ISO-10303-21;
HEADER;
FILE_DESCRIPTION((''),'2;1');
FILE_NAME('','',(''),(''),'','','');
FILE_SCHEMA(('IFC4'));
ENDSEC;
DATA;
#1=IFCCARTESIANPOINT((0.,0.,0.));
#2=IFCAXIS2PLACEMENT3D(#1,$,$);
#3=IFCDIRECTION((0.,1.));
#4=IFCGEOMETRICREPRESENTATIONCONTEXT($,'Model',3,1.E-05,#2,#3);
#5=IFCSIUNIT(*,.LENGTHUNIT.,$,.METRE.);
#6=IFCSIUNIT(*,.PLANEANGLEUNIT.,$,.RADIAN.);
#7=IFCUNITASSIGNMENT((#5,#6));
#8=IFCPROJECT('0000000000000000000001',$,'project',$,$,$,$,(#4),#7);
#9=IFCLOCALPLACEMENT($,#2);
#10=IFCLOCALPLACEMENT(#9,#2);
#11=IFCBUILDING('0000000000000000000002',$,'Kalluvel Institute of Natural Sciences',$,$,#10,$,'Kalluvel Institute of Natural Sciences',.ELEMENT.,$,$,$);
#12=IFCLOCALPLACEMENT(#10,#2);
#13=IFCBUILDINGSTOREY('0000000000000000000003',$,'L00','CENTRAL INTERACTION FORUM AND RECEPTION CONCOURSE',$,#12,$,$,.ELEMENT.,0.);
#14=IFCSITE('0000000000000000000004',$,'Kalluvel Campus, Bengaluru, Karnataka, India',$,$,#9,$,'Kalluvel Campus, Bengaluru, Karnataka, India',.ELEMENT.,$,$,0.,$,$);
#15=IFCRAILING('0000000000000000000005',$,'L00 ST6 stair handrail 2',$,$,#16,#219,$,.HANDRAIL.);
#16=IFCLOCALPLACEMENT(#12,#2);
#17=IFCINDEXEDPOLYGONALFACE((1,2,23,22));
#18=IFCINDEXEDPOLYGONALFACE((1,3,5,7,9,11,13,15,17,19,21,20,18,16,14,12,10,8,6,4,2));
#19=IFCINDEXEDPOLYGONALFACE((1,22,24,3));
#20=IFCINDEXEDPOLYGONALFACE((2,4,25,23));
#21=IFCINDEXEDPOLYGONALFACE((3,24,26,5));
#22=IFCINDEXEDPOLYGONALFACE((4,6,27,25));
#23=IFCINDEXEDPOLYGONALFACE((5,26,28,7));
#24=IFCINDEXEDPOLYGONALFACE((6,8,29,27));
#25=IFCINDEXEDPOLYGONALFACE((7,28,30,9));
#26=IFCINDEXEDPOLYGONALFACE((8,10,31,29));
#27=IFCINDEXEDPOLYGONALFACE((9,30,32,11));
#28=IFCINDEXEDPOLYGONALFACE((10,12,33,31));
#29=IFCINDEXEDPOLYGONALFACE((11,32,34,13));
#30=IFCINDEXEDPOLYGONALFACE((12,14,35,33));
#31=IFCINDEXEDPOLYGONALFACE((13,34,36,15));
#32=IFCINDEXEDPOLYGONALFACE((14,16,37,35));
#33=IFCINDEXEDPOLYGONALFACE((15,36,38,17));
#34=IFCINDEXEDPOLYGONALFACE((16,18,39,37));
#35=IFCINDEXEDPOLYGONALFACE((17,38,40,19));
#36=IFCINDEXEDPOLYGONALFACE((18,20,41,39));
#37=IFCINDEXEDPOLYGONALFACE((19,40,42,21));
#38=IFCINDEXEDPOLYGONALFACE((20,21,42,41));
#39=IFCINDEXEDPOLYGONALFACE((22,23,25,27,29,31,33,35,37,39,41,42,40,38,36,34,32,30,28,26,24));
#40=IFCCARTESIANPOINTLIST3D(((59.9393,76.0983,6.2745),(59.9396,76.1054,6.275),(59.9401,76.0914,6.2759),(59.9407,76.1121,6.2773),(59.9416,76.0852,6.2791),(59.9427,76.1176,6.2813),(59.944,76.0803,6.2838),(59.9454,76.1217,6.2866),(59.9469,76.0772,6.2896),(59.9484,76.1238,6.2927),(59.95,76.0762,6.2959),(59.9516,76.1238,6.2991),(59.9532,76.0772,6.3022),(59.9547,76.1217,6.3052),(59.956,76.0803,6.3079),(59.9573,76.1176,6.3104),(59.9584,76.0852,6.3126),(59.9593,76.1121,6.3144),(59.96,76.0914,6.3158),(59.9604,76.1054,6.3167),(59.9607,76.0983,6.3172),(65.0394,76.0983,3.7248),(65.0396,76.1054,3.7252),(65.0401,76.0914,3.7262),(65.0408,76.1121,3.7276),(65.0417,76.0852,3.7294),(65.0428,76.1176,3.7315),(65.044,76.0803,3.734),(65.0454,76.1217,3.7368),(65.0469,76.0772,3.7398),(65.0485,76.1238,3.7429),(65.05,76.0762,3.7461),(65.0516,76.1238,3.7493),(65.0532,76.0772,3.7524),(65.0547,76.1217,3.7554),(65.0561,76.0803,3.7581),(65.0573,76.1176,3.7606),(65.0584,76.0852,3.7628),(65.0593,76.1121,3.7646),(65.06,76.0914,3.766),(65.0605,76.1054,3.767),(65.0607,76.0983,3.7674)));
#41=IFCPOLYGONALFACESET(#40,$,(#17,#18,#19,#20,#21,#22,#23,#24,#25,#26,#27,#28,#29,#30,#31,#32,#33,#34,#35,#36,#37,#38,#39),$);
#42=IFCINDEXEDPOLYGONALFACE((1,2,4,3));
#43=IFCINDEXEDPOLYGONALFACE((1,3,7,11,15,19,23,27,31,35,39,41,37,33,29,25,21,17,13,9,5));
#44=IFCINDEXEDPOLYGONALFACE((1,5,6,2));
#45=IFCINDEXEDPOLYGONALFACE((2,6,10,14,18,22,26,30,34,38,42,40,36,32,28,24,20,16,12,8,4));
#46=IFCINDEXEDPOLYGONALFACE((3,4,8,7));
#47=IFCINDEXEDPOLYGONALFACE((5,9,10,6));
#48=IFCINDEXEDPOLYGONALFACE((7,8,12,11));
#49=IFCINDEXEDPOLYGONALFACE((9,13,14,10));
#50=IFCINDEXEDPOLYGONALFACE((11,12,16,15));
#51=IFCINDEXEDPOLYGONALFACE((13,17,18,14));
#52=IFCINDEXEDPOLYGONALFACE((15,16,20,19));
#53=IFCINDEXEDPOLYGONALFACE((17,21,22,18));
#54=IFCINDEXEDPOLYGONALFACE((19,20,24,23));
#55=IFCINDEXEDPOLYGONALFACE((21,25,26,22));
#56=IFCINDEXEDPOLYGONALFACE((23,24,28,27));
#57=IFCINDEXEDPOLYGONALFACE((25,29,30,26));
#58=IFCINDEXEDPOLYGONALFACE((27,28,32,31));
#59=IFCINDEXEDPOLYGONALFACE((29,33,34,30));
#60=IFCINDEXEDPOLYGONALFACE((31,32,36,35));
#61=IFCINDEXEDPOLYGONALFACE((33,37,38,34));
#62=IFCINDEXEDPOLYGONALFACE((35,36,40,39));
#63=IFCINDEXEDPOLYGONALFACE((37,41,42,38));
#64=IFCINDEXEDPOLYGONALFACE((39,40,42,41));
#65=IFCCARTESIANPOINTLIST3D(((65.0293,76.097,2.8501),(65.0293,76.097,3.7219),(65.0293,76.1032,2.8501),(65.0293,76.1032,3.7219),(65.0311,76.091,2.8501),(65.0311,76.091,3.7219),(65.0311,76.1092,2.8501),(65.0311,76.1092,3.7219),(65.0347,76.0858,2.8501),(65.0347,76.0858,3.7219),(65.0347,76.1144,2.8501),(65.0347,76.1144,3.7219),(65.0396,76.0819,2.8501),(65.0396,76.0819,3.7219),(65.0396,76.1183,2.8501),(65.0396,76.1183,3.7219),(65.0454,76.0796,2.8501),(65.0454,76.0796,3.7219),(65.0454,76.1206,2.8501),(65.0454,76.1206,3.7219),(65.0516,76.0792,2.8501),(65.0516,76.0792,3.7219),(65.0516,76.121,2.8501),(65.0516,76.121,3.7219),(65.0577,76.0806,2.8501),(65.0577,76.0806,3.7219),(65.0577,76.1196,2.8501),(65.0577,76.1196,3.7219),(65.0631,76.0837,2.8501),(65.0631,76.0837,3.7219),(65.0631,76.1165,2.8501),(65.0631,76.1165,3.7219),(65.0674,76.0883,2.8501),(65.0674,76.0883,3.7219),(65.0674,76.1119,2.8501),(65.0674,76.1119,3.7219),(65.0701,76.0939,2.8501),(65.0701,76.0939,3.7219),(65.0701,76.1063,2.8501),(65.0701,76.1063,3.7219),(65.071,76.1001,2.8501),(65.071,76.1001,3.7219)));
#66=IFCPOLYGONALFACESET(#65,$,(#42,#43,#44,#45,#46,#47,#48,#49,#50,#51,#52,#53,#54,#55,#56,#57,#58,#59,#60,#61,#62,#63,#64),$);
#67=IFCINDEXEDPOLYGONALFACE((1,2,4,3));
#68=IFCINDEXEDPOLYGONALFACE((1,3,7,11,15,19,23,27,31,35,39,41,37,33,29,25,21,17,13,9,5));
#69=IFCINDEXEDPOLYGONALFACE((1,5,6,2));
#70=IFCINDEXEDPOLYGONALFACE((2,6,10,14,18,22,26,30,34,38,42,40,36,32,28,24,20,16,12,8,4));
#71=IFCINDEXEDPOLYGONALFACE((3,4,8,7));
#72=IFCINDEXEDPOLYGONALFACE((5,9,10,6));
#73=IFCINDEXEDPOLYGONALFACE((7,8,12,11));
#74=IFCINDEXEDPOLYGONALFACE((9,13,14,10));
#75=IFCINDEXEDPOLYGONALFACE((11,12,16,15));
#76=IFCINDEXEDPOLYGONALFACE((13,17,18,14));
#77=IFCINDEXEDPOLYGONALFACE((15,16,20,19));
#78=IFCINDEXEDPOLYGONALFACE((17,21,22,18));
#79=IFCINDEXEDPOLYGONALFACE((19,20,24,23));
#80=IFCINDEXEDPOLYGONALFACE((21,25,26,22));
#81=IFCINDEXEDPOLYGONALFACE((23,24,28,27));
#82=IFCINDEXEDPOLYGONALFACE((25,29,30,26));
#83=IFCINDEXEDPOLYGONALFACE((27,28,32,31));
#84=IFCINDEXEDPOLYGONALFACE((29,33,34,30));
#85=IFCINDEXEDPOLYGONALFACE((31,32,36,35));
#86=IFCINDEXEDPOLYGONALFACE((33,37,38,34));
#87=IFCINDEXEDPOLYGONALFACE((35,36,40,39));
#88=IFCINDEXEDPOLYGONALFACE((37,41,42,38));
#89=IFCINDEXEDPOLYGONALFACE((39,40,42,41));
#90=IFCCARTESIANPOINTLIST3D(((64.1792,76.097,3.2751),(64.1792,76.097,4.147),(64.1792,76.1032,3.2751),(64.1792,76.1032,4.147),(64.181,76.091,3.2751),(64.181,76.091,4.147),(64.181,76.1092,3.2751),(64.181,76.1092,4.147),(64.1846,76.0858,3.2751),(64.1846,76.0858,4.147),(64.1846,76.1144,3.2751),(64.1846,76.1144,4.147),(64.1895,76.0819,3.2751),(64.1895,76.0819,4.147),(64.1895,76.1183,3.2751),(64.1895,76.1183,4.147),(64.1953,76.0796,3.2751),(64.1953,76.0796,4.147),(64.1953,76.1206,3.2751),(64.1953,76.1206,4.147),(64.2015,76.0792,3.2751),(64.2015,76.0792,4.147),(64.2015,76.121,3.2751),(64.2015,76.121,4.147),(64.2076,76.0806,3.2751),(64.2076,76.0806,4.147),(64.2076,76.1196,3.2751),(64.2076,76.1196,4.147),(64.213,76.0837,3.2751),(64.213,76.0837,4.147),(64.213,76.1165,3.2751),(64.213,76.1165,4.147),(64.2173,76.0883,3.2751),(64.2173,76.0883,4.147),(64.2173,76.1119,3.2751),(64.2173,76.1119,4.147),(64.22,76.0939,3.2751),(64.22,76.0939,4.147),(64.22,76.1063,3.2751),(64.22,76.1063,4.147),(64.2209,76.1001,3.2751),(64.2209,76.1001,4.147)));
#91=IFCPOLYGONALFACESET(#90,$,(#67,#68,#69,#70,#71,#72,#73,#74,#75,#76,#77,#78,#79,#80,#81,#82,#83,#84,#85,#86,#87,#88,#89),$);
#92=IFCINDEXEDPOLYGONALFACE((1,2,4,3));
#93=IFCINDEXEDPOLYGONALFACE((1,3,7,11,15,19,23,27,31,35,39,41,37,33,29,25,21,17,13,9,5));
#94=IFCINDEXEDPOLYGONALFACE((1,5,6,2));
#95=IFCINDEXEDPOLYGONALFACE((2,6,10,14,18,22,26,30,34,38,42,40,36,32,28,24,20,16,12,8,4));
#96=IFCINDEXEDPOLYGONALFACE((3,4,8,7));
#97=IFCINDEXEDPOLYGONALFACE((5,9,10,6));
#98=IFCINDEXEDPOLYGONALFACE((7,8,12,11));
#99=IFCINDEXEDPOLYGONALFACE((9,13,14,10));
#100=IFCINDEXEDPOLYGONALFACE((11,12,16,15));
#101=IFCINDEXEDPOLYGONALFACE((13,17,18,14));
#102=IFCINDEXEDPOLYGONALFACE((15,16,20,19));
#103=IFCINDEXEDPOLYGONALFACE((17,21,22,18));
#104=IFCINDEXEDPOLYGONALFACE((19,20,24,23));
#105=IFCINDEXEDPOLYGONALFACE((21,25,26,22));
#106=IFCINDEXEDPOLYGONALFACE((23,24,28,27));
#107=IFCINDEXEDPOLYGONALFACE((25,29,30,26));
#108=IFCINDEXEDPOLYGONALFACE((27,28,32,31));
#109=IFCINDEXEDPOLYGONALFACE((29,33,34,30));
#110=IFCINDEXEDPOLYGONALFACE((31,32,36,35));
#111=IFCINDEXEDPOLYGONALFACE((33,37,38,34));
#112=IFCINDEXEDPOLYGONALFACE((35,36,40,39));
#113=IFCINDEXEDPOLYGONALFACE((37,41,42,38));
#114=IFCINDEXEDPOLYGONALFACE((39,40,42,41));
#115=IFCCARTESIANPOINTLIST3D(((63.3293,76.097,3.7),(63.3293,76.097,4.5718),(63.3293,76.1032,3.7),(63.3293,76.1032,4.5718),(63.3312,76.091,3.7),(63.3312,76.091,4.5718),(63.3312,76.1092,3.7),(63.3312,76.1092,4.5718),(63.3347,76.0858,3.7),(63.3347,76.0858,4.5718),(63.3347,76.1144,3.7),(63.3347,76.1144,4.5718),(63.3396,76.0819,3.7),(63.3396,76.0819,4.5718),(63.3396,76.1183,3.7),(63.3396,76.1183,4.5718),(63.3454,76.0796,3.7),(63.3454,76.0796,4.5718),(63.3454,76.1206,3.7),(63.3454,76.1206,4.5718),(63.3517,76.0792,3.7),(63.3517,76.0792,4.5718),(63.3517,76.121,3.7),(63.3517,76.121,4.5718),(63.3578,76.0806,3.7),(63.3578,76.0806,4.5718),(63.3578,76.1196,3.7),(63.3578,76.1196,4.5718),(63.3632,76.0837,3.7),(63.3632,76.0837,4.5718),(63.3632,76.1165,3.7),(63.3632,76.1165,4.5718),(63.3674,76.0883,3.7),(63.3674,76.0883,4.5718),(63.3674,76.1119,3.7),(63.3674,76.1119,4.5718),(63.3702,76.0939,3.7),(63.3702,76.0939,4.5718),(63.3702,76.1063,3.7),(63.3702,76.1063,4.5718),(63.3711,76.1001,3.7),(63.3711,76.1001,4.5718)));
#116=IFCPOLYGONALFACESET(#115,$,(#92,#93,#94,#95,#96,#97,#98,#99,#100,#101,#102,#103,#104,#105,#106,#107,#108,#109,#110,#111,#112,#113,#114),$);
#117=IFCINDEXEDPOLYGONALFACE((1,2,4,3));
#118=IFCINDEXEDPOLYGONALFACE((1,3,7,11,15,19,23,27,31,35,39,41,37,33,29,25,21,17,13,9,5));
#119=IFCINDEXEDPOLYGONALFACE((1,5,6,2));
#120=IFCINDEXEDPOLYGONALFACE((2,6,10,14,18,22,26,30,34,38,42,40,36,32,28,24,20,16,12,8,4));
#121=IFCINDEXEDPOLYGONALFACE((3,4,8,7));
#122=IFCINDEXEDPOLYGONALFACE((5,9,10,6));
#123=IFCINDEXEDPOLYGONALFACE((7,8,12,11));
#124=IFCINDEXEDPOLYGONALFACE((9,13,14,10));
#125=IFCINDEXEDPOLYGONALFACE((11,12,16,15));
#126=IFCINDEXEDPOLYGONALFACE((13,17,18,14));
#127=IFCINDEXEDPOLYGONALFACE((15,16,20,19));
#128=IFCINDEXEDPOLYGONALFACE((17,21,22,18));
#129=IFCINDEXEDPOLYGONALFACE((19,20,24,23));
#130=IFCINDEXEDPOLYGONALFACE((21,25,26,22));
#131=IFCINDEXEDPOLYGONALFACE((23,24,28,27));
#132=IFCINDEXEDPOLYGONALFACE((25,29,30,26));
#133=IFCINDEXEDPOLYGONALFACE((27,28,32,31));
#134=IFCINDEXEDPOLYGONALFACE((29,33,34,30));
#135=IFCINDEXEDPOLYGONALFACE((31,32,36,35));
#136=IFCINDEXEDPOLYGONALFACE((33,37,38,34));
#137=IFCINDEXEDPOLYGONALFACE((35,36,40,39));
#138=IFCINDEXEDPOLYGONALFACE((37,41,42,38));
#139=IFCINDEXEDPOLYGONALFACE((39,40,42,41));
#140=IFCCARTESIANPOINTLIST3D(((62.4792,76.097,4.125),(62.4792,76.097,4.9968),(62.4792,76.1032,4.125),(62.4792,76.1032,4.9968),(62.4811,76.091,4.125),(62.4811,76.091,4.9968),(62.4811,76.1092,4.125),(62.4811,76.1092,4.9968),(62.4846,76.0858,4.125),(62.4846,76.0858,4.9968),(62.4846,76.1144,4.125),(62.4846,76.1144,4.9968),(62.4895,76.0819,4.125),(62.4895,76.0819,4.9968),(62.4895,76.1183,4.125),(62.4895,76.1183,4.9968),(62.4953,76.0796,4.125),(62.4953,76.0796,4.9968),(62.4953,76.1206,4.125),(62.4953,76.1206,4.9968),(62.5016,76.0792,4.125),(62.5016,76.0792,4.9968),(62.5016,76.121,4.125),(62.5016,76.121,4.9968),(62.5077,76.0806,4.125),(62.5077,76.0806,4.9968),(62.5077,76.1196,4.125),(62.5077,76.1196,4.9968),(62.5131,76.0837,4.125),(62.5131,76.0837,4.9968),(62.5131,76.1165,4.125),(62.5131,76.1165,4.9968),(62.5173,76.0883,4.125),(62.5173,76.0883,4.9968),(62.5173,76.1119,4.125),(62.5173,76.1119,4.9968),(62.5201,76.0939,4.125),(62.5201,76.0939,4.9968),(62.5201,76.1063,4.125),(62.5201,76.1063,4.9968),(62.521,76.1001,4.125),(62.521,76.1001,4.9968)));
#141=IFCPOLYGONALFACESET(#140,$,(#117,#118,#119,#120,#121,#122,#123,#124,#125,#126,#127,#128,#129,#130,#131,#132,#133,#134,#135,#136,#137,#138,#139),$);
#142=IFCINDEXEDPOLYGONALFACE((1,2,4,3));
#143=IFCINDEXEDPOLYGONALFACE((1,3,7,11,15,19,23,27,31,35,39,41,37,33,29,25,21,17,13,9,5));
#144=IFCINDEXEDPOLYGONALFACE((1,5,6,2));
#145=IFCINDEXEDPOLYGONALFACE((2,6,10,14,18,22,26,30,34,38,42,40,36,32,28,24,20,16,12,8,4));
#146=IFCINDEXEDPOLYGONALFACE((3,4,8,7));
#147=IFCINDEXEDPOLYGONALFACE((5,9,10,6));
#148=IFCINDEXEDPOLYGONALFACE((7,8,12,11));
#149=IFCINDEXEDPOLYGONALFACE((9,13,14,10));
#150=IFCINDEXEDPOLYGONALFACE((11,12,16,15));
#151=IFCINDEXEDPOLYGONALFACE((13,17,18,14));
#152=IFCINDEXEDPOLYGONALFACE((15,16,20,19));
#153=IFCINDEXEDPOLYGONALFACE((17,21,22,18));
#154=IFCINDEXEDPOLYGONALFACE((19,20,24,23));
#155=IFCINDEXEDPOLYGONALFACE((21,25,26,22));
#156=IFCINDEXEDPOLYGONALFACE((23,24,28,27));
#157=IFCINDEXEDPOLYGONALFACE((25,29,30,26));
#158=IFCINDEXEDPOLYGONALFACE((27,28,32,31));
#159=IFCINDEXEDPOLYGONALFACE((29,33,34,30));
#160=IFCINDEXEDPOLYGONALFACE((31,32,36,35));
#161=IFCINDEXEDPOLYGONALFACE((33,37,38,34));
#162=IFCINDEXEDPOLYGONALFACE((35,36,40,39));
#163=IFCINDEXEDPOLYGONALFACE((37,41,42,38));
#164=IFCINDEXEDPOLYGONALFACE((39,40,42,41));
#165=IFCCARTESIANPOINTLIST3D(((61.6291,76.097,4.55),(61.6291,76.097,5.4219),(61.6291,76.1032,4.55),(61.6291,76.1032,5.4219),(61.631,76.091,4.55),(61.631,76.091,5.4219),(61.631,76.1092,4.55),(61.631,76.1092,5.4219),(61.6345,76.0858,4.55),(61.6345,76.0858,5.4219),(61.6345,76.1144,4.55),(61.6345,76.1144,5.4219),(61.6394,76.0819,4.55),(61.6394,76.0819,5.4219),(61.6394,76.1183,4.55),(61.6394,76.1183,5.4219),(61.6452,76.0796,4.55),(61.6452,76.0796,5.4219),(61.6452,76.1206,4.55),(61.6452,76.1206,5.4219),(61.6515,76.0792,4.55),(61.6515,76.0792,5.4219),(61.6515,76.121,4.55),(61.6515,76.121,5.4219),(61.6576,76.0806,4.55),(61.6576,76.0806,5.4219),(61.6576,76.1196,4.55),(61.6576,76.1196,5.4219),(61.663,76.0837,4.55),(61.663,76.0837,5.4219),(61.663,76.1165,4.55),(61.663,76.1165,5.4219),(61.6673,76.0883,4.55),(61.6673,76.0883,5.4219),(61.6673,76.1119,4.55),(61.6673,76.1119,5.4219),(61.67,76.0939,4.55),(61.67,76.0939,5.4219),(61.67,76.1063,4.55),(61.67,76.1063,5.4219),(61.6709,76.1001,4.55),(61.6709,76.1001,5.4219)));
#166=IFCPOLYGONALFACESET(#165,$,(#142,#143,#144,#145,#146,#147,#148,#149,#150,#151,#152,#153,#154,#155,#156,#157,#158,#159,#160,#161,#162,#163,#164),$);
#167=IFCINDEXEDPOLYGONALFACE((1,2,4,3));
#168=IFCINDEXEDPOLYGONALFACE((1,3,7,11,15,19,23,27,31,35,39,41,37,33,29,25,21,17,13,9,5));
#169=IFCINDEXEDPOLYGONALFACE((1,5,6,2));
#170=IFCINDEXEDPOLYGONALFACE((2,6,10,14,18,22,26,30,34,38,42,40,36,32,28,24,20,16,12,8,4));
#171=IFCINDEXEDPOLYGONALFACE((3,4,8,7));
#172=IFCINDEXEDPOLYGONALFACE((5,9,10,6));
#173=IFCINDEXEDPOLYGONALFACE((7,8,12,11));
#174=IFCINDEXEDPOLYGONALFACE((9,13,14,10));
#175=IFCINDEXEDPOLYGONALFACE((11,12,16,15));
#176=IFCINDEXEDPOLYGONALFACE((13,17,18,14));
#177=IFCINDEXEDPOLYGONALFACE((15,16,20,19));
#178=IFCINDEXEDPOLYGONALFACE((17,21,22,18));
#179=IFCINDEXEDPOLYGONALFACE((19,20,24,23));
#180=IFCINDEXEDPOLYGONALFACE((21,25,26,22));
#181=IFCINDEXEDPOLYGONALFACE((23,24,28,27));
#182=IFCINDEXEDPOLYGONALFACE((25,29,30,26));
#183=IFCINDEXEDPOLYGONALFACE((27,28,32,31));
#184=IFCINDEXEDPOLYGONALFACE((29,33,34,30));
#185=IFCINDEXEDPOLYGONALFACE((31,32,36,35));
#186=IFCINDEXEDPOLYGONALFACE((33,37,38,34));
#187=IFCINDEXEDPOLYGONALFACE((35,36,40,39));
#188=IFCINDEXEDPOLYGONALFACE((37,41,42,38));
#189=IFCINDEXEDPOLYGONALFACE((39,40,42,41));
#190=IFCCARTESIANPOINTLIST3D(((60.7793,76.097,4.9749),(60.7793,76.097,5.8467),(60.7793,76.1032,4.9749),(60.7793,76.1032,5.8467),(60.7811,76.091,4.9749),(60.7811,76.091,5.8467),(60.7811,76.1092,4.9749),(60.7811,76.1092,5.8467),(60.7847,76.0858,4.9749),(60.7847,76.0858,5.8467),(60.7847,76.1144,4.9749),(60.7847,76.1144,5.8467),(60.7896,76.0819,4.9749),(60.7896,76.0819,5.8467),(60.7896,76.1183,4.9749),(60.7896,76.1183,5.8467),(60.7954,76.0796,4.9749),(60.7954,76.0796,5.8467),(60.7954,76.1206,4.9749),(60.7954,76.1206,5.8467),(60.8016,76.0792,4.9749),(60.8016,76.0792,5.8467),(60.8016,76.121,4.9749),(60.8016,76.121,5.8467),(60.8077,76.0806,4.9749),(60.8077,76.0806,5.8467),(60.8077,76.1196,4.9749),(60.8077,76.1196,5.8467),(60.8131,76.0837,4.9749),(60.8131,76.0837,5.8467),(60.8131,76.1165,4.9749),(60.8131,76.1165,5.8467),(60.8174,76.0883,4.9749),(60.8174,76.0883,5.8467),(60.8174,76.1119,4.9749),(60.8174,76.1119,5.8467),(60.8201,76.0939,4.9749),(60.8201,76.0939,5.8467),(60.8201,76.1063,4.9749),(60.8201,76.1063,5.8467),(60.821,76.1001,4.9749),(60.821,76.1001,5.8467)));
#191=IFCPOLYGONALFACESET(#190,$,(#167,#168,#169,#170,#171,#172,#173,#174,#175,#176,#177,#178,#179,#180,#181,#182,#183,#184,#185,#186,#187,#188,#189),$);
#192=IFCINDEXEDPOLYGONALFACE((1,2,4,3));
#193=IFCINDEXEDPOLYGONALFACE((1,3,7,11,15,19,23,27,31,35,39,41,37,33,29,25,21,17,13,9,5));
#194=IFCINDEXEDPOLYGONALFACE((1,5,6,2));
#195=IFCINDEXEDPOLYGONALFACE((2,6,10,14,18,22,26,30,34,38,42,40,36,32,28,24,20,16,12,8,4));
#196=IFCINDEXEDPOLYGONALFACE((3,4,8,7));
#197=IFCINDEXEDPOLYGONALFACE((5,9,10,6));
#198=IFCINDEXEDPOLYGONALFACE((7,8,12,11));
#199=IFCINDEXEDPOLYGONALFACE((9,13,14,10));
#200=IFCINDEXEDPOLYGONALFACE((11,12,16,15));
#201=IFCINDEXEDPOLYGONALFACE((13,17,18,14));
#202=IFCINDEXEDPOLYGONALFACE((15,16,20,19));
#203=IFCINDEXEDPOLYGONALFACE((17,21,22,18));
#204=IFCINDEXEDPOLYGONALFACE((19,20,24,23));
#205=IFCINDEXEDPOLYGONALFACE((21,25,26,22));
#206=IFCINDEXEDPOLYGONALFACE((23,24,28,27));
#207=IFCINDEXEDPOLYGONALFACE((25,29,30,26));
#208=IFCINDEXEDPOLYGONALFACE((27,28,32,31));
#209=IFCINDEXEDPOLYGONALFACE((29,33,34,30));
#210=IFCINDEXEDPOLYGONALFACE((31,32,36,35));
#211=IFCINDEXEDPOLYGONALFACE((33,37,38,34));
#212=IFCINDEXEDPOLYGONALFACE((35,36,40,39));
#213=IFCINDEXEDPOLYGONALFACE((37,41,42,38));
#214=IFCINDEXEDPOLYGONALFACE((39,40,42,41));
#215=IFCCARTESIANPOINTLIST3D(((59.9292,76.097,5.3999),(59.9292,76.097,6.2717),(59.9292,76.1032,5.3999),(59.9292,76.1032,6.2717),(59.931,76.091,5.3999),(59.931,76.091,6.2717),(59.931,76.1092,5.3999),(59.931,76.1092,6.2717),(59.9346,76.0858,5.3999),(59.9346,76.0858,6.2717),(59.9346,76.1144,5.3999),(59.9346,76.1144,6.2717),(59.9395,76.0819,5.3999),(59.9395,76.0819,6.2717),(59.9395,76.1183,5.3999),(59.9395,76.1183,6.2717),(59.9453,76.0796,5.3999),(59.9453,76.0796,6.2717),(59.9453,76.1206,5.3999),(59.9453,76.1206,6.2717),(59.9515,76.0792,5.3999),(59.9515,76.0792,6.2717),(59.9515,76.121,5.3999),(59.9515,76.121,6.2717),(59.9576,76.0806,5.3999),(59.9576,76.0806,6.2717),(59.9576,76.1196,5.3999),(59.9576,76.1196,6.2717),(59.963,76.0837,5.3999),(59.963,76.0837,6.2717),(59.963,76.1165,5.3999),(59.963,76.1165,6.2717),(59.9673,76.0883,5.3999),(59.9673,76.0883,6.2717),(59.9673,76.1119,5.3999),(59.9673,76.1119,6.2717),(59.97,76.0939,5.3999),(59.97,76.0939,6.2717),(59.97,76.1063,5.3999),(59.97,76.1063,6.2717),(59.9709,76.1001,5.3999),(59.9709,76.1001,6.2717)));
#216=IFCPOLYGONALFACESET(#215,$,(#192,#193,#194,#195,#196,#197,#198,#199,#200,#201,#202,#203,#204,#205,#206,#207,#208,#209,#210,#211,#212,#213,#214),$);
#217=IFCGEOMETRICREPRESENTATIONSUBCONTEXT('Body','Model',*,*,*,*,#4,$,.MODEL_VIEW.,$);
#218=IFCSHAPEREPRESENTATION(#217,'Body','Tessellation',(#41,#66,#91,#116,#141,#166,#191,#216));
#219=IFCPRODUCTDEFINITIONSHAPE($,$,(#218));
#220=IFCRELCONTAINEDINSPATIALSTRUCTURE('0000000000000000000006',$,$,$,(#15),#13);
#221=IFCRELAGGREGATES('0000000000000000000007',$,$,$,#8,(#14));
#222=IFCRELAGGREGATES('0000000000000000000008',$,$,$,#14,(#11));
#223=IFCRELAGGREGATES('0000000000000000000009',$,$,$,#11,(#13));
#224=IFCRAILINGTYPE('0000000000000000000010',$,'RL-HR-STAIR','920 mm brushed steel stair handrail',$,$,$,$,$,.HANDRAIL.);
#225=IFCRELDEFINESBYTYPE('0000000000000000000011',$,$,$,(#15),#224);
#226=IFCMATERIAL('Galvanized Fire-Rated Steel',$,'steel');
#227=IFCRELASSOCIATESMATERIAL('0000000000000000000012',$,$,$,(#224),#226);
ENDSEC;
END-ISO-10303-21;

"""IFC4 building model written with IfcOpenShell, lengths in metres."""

from ifc_helpers import new_model, si_unit, direction, frame, origin, origin_2d, place, context, subcontext, project, spatial, circle, extrude, material, type_object, element, save


model = new_model("IFC4")

# Units and contexts
model_context = context("Model", 3, precision=1e-05, world=origin(), true_north=direction((0.0, 1.0)))
body_context = subcontext(model_context, "Body", "Model", "MODEL_VIEW")
ifc_project = project(units=[si_unit("LENGTHUNIT", "METRE"), si_unit("PLANEANGLEUNIT", "RADIAN")], contexts=[model_context])

# Site, building, storey
site_placement = place(None, origin())
site = spatial("IfcSite", under=ifc_project, at=site_placement, Name="Kalluvel Campus, Bengaluru, Karnataka, India", LongName="Kalluvel Campus, Bengaluru, Karnataka, India", CompositionType="ELEMENT", RefElevation=0.0)
building_placement = place(site_placement, origin())
building = spatial("IfcBuilding", under=site, at=building_placement, Name="Kalluvel Institute of Natural Sciences", LongName="Kalluvel Institute of Natural Sciences", CompositionType="ELEMENT")
storey_placement = place(building_placement, origin())
storey = spatial("IfcBuildingStorey", under=building, at=storey_placement, Name="L00", Description="CENTRAL INTERACTION FORUM AND RECEPTION CONCOURSE", CompositionType="ELEMENT", Elevation=0.0)

# Railing
ifc_material_1 = material(Name="Galvanized Fire-Rated Steel", Category="steel")
railing_type_1 = type_object("IfcRailingType", Name="RL-HR-STAIR", Description="920 mm brushed steel stair handrail", PredefinedType="HANDRAIL", material=ifc_material_1)
railing_1_placement = place(storey_placement, frame((65.05, 76.1001, 2.8501)))
element("IfcRailing", 1, at=railing_1_placement, inside=storey, type_object=railing_type_1, Name="L00 ST6 stair handrail 2", PredefinedType="HANDRAIL", context=body_context, shape_type="SweptSolid", body=[
    extrude(circle(Radius=0.0239, at=origin_2d()), frame((0.0, 0.0, 0.896), z_axis=(-0.894444, 0.0, 0.447179), x_axis=(0.0, -1.0, 0.0)), (0.0, 0.0, 1.0), 5.7019),
    extrude(circle(Radius=0.021, at=origin_2d()), origin(), (0.0, 0.0, 1.0), 0.8718),
    extrude(circle(Radius=0.021, at=origin_2d()), frame((-0.8501, 0.0, 0.425)), (0.0, 0.0, 1.0), 0.8718),
    extrude(circle(Radius=0.021, at=origin_2d()), frame((-1.7, 0.0, 0.8499)), (0.0, 0.0, 1.0), 0.8718),
    extrude(circle(Radius=0.021, at=origin_2d()), frame((-2.55, 0.0, 1.2749)), (0.0, 0.0, 1.0), 0.8718),
    extrude(circle(Radius=0.021, at=origin_2d()), frame((-3.4001, 0.0, 1.7)), (0.0, 0.0, 1.0), 0.8718),
    extrude(circle(Radius=0.021, at=origin_2d()), frame((-4.25, 0.0, 2.1248)), (0.0, 0.0, 1.0), 0.8718),
    extrude(circle(Radius=0.021, at=origin_2d()), frame((-5.1001, 0.0, 2.5498)), (0.0, 0.0, 1.0), 0.8718),
])

save(model, "model.ifc")
